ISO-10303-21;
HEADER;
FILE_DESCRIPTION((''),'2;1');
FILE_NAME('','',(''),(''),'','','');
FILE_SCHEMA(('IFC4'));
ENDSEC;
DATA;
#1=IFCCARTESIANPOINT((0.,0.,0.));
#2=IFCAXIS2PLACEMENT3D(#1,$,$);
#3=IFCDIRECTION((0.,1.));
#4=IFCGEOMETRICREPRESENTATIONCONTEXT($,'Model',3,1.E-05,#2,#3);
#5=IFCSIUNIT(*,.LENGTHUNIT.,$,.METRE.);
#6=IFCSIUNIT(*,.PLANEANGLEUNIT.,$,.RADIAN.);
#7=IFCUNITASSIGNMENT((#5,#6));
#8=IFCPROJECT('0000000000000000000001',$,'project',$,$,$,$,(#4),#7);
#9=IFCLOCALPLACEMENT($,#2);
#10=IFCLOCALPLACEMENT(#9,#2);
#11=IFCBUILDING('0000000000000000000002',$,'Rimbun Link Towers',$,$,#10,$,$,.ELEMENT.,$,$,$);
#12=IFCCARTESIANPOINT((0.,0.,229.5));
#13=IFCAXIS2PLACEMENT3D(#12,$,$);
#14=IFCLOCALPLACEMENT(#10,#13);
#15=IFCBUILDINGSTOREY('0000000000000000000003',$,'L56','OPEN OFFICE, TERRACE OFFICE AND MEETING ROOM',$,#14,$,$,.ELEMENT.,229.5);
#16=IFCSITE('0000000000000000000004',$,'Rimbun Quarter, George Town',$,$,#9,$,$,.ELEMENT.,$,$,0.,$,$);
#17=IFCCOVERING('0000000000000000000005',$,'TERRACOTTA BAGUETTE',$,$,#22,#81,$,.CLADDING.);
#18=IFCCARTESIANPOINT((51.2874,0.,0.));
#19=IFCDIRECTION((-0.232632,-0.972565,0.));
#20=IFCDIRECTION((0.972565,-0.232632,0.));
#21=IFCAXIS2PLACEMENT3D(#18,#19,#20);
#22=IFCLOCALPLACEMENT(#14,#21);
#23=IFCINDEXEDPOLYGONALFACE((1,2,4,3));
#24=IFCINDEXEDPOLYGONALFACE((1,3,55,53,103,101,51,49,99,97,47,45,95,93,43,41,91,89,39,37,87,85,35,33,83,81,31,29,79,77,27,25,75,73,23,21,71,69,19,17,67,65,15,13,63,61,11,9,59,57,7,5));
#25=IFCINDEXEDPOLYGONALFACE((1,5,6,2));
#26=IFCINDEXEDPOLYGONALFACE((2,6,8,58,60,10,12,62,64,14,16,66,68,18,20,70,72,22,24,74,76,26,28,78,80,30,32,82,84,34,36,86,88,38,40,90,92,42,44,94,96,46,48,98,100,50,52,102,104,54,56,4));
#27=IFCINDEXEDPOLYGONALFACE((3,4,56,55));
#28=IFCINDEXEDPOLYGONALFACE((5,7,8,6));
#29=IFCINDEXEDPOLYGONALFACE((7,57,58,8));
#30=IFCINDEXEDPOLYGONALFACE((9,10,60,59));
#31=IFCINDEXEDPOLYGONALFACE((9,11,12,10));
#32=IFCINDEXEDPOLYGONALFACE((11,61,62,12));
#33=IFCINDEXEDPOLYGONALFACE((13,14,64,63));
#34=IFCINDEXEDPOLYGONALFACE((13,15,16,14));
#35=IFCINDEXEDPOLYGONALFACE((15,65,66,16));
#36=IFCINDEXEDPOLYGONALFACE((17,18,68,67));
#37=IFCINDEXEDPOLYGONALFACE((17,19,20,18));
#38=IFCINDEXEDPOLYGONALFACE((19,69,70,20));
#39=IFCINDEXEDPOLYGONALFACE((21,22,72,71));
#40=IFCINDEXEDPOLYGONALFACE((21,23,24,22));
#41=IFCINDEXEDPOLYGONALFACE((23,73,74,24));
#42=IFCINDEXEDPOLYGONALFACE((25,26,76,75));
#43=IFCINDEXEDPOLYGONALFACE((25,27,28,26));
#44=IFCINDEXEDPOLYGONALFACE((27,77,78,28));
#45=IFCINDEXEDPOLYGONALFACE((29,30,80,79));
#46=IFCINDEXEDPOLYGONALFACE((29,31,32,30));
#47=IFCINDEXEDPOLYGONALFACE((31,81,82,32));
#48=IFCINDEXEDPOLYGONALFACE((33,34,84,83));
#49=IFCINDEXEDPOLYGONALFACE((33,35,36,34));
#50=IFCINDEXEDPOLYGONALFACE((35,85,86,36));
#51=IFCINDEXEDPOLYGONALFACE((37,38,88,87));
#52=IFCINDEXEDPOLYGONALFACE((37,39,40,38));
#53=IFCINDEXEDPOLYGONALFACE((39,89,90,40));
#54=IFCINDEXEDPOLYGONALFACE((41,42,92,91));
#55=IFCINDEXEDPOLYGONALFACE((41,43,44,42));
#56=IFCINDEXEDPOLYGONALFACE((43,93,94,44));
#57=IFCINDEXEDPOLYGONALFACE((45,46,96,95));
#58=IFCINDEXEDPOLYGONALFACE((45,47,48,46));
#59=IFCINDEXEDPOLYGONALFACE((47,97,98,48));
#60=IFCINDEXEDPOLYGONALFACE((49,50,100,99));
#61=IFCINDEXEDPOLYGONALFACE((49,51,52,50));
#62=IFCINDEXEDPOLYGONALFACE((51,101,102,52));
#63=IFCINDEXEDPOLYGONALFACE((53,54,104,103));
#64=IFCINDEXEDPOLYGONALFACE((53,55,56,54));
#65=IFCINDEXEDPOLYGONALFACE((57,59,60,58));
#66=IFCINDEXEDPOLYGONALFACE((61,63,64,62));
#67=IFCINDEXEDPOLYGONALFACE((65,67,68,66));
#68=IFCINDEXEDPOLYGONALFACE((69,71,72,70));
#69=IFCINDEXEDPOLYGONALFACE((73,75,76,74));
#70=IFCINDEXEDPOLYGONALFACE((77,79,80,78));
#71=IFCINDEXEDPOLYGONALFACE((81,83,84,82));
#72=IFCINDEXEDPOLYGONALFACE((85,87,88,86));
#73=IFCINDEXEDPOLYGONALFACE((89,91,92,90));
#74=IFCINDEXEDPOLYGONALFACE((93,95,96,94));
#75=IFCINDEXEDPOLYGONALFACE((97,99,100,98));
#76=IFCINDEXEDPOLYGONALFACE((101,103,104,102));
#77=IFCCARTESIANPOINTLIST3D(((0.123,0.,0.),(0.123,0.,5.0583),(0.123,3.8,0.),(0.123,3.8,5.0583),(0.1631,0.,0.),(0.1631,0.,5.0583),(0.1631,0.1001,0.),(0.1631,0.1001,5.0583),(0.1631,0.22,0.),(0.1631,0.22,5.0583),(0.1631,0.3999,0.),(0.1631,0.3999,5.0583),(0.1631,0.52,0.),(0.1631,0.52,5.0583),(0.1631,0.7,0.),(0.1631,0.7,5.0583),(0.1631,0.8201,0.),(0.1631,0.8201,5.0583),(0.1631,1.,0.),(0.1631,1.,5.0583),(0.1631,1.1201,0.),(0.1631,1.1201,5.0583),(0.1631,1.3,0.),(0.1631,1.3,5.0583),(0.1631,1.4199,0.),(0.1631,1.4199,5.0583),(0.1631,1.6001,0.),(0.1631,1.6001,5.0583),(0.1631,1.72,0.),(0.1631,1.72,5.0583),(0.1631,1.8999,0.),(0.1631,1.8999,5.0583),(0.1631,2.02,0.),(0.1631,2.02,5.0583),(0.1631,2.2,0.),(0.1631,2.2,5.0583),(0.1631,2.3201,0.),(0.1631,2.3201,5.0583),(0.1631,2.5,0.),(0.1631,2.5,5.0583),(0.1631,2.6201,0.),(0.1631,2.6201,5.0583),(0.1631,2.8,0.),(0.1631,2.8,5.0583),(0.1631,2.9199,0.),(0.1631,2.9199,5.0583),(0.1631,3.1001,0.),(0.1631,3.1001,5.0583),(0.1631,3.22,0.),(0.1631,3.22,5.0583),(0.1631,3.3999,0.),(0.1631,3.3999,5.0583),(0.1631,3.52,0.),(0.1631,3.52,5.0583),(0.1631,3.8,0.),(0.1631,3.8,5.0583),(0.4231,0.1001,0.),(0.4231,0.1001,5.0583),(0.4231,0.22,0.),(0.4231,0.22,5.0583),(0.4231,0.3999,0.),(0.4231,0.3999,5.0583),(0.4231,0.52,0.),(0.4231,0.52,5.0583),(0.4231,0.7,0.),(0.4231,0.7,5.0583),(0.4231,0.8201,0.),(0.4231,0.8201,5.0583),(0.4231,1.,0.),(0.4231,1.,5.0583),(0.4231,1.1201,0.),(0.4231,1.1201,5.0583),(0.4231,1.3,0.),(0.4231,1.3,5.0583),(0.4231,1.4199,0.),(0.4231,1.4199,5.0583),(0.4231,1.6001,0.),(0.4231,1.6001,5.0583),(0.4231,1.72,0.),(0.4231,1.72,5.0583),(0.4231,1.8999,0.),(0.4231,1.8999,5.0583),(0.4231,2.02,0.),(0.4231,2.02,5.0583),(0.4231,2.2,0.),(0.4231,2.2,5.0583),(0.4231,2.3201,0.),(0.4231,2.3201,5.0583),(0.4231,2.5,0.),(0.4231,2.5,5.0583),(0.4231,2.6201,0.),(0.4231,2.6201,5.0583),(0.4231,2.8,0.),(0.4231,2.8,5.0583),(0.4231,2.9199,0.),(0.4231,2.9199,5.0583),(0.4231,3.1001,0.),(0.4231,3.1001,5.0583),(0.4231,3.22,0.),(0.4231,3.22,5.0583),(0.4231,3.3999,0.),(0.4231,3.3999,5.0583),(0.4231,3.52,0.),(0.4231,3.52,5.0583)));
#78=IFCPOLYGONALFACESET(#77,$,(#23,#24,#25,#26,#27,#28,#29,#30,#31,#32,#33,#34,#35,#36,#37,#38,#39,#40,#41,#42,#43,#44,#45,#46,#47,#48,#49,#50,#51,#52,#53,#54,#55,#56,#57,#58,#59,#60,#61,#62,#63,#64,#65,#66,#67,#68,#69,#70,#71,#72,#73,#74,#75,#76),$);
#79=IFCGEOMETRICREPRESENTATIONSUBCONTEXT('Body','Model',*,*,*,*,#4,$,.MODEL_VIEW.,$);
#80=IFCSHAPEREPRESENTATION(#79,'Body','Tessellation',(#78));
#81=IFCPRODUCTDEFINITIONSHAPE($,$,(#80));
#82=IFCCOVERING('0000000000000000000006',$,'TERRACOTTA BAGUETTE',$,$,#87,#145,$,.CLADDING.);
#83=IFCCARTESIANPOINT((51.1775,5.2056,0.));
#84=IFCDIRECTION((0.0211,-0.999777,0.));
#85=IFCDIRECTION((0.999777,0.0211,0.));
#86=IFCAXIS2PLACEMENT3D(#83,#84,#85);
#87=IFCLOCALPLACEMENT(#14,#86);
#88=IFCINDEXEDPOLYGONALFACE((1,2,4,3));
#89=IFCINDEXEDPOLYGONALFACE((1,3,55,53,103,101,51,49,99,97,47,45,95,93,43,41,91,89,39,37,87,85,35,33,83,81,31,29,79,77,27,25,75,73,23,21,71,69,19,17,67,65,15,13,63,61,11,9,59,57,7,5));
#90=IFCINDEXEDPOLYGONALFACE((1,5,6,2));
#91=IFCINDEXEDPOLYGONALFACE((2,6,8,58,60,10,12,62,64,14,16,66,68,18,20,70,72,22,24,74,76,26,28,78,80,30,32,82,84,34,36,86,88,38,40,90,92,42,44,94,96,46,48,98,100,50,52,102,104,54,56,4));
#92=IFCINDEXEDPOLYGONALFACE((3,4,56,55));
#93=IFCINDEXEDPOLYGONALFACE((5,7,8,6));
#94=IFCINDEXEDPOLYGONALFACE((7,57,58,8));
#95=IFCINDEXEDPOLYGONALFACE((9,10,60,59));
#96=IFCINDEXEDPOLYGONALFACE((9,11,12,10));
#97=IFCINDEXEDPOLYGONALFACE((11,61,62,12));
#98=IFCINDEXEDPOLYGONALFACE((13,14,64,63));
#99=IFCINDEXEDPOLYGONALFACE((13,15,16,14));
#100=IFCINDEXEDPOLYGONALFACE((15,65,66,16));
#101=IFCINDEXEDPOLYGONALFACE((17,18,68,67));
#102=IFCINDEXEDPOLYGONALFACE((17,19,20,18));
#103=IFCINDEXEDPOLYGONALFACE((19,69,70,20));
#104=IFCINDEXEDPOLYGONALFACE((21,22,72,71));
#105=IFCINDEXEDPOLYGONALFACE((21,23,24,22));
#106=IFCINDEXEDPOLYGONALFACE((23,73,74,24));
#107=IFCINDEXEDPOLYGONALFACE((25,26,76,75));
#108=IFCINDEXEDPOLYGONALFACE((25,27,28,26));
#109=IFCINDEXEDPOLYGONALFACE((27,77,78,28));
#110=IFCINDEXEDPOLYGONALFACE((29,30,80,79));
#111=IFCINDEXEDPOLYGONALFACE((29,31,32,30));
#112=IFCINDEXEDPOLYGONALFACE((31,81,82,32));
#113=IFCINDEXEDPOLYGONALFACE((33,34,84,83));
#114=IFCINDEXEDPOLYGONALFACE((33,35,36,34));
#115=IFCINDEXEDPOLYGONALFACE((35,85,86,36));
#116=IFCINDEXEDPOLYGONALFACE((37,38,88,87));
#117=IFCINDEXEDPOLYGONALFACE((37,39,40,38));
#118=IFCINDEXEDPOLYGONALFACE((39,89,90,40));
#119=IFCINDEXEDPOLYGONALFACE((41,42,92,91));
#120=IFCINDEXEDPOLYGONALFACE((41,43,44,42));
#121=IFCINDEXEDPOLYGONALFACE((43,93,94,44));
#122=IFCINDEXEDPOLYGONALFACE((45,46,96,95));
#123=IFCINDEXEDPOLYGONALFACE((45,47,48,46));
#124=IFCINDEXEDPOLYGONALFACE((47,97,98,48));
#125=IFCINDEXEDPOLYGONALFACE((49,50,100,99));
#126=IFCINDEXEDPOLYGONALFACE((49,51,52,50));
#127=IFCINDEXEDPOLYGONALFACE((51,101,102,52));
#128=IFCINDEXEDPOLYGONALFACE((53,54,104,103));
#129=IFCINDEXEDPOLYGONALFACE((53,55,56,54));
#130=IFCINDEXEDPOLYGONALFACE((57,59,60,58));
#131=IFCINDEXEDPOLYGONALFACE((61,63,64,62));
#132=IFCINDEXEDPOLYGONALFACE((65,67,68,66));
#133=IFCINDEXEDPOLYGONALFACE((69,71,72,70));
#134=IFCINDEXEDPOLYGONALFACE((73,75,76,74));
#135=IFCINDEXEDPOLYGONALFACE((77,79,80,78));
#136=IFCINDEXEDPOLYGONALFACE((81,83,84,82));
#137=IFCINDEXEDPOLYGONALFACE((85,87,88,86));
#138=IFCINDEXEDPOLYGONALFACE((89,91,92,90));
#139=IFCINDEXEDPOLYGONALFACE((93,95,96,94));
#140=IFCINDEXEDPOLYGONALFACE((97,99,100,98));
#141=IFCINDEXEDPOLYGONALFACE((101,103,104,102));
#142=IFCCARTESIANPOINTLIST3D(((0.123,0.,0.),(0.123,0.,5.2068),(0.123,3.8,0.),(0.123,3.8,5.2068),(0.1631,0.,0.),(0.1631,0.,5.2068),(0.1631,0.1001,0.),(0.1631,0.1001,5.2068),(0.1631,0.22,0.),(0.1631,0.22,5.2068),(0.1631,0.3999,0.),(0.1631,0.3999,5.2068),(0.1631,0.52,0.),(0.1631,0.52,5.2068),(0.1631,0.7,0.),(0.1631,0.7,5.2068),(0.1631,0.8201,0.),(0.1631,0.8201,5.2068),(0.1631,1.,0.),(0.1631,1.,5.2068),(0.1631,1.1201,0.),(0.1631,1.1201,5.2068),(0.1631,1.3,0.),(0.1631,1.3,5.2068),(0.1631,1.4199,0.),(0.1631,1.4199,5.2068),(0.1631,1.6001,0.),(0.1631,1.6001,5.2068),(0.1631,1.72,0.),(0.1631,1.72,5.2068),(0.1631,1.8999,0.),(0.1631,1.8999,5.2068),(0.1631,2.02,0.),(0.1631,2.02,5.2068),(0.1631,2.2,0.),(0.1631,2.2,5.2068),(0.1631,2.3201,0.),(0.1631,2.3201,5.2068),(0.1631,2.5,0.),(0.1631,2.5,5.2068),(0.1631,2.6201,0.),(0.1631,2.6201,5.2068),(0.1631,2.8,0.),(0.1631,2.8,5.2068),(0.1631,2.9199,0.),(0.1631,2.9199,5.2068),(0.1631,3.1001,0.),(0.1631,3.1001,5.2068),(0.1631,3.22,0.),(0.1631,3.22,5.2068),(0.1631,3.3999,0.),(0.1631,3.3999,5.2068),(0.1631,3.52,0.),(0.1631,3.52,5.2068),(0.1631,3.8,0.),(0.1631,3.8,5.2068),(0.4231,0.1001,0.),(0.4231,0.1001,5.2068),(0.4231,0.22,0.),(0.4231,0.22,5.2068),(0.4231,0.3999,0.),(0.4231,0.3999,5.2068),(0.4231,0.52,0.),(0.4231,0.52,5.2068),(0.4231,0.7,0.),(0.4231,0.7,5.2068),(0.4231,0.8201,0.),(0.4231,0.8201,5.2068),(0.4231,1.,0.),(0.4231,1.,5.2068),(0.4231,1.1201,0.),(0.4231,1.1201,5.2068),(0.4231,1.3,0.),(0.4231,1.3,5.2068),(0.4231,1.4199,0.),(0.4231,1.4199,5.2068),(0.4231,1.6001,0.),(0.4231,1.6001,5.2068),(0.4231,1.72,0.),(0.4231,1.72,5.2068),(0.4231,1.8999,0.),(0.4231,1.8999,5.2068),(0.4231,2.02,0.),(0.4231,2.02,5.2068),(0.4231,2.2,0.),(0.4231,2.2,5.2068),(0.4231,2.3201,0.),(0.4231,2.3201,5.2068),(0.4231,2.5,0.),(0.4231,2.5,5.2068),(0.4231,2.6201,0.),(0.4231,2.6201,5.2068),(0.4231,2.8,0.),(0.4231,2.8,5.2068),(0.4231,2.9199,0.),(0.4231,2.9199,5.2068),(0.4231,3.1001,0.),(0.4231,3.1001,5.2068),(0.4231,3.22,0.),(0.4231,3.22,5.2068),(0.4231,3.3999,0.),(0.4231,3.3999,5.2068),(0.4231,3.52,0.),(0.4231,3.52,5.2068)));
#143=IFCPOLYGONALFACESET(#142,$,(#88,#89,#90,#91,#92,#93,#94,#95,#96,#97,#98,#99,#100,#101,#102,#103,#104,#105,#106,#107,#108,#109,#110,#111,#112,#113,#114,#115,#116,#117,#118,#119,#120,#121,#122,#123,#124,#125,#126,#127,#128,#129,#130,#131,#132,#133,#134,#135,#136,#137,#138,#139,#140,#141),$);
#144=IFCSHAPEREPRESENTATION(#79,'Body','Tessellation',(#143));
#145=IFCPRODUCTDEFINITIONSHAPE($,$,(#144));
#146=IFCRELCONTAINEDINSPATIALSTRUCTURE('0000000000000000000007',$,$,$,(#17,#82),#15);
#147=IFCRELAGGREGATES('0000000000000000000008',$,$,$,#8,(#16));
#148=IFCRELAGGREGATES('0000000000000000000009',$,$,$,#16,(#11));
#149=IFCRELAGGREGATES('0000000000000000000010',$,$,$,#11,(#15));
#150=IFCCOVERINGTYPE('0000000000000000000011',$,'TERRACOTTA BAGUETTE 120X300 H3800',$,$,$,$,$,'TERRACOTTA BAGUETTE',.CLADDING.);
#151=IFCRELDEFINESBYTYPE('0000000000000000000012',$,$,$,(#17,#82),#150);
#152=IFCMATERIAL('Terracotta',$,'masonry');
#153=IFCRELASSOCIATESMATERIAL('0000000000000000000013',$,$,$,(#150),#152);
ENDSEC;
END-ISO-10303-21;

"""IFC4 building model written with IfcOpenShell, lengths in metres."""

from ifc_helpers import new_model, si_unit, direction, frame, origin, place, context, subcontext, project, spatial, polyline, outline, extrude, material, material_profile, profile_set, type_object, element, save


model = new_model("IFC4")

# Units and contexts
model_context = context("Model", 3, precision=1e-05, world=origin(), true_north=direction((0.0, 1.0)))
body_context = subcontext(model_context, "Body", "Model", "MODEL_VIEW")
ifc_project = project(units=[si_unit("LENGTHUNIT", "METRE"), si_unit("PLANEANGLEUNIT", "RADIAN")], contexts=[model_context])

# Site, building, storey
site_placement = place(None, origin())
site = spatial("IfcSite", under=ifc_project, at=site_placement, Name="Rimbun Quarter, George Town", CompositionType="ELEMENT", RefElevation=0.0)
building_placement = place(site_placement, origin())
building = spatial("IfcBuilding", under=site, at=building_placement, Name="Rimbun Link Towers", CompositionType="ELEMENT")
storey_placement = place(building_placement, frame((0.0, 0.0, 229.5)))
storey = spatial("IfcBuildingStorey", under=building, at=storey_placement, Name="L56", Description="OPEN OFFICE, TERRACE OFFICE AND MEETING ROOM", CompositionType="ELEMENT", Elevation=229.5)

# Coverings
ifc_material_1 = material(Name="Terracotta", Category="masonry")
ifc_material_profile_1 = material_profile(ifc_material_1, outline(polyline([(0.123, 0.0), (0.1631, 0.0), (0.1631, 0.1001), (0.4231, 0.1001), (0.4231, 0.22), (0.1631, 0.22), (0.1631, 0.3999), (0.4231, 0.3999), (0.4231, 0.52), (0.1631, 0.52), (0.1631, 0.7), (0.4231, 0.7), (0.4231, 0.8201), (0.1631, 0.8201), (0.1631, 1.0), (0.4231, 1.0), (0.4231, 1.1201), (0.1631, 1.1201), (0.1631, 1.3), (0.4231, 1.3), (0.4231, 1.4199), (0.1631, 1.4199), (0.1631, 1.6001), (0.4231, 1.6001), (0.4231, 1.72), (0.1631, 1.72), (0.1631, 1.8999), (0.4231, 1.8999), (0.4231, 2.02), (0.1631, 2.02), (0.1631, 2.2), (0.4231, 2.2), (0.4231, 2.3201), (0.1631, 2.3201), (0.1631, 2.5), (0.4231, 2.5), (0.4231, 2.6201), (0.1631, 2.6201), (0.1631, 2.8), (0.4231, 2.8), (0.4231, 2.9199), (0.1631, 2.9199), (0.1631, 3.1001), (0.4231, 3.1001), (0.4231, 3.22), (0.1631, 3.22), (0.1631, 3.3999), (0.4231, 3.3999), (0.4231, 3.52), (0.1631, 3.52), (0.1631, 3.8), (0.123, 3.8), (0.123, 0.0)])), Name="BAGUETTE 120X300")
ifc_profile_set_1 = profile_set([ifc_material_profile_1], Name="Terracotta")
covering_type = type_object("IfcCoveringType", Name="TERRACOTTA BAGUETTE 120X300 H3800", ElementType="TERRACOTTA BAGUETTE", PredefinedType="CLADDING", material=ifc_profile_set_1)
covering_1_placement = place(storey_placement, frame((51.2874, 0.0, 0.0), z_axis=(-0.232632, -0.972565, 0.0), x_axis=(0.972565, -0.232632, 0.0)))
element("IfcCovering", 1, at=covering_1_placement, inside=storey, type_object=covering_type, Name="TERRACOTTA BAGUETTE", PredefinedType="CLADDING", context=body_context, shape_type="SweptSolid", body=[
    extrude(outline(polyline([(0.123, 0.0), (0.1631, 0.0), (0.1631, 0.1001), (0.4231, 0.1001), (0.4231, 0.22), (0.1631, 0.22), (0.1631, 0.3999), (0.4231, 0.3999), (0.4231, 0.52), (0.1631, 0.52), (0.1631, 0.7), (0.4231, 0.7), (0.4231, 0.8201), (0.1631, 0.8201), (0.1631, 1.0), (0.4231, 1.0), (0.4231, 1.1201), (0.1631, 1.1201), (0.1631, 1.3), (0.4231, 1.3), (0.4231, 1.4199), (0.1631, 1.4199), (0.1631, 1.6001), (0.4231, 1.6001), (0.4231, 1.72), (0.1631, 1.72), (0.1631, 1.8999), (0.4231, 1.8999), (0.4231, 2.02), (0.1631, 2.02), (0.1631, 2.2), (0.4231, 2.2), (0.4231, 2.3201), (0.1631, 2.3201), (0.1631, 2.5), (0.4231, 2.5), (0.4231, 2.6201), (0.1631, 2.6201), (0.1631, 2.8), (0.4231, 2.8), (0.4231, 2.9199), (0.1631, 2.9199), (0.1631, 3.1001), (0.4231, 3.1001), (0.4231, 3.22), (0.1631, 3.22), (0.1631, 3.3999), (0.4231, 3.3999), (0.4231, 3.52), (0.1631, 3.52), (0.1631, 3.8), (0.123, 3.8), (0.123, 0.0)])), origin(), (0.0, 0.0, 1.0), 5.0583),
])
covering_2_placement = place(storey_placement, frame((51.1775, 5.2056, 0.0), z_axis=(0.0211, -0.999777, 0.0), x_axis=(0.999777, 0.0211, 0.0)))
element("IfcCovering", 2, at=covering_2_placement, inside=storey, type_object=covering_type, Name="TERRACOTTA BAGUETTE", PredefinedType="CLADDING", context=body_context, shape_type="SweptSolid", body=[
    extrude(outline(polyline([(0.123, 0.0), (0.1631, 0.0), (0.1631, 0.1001), (0.4231, 0.1001), (0.4231, 0.22), (0.1631, 0.22), (0.1631, 0.3999), (0.4231, 0.3999), (0.4231, 0.52), (0.1631, 0.52), (0.1631, 0.7), (0.4231, 0.7), (0.4231, 0.8201), (0.1631, 0.8201), (0.1631, 1.0), (0.4231, 1.0), (0.4231, 1.1201), (0.1631, 1.1201), (0.1631, 1.3), (0.4231, 1.3), (0.4231, 1.4199), (0.1631, 1.4199), (0.1631, 1.6001), (0.4231, 1.6001), (0.4231, 1.72), (0.1631, 1.72), (0.1631, 1.8999), (0.4231, 1.8999), (0.4231, 2.02), (0.1631, 2.02), (0.1631, 2.2), (0.4231, 2.2), (0.4231, 2.3201), (0.1631, 2.3201), (0.1631, 2.5), (0.4231, 2.5), (0.4231, 2.6201), (0.1631, 2.6201), (0.1631, 2.8), (0.4231, 2.8), (0.4231, 2.9199), (0.1631, 2.9199), (0.1631, 3.1001), (0.4231, 3.1001), (0.4231, 3.22), (0.1631, 3.22), (0.1631, 3.3999), (0.4231, 3.3999), (0.4231, 3.52), (0.1631, 3.52), (0.1631, 3.8), (0.123, 3.8), (0.123, 0.0)])), origin(), (0.0, 0.0, 1.0), 5.2068),
])

save(model, "model.ifc")
